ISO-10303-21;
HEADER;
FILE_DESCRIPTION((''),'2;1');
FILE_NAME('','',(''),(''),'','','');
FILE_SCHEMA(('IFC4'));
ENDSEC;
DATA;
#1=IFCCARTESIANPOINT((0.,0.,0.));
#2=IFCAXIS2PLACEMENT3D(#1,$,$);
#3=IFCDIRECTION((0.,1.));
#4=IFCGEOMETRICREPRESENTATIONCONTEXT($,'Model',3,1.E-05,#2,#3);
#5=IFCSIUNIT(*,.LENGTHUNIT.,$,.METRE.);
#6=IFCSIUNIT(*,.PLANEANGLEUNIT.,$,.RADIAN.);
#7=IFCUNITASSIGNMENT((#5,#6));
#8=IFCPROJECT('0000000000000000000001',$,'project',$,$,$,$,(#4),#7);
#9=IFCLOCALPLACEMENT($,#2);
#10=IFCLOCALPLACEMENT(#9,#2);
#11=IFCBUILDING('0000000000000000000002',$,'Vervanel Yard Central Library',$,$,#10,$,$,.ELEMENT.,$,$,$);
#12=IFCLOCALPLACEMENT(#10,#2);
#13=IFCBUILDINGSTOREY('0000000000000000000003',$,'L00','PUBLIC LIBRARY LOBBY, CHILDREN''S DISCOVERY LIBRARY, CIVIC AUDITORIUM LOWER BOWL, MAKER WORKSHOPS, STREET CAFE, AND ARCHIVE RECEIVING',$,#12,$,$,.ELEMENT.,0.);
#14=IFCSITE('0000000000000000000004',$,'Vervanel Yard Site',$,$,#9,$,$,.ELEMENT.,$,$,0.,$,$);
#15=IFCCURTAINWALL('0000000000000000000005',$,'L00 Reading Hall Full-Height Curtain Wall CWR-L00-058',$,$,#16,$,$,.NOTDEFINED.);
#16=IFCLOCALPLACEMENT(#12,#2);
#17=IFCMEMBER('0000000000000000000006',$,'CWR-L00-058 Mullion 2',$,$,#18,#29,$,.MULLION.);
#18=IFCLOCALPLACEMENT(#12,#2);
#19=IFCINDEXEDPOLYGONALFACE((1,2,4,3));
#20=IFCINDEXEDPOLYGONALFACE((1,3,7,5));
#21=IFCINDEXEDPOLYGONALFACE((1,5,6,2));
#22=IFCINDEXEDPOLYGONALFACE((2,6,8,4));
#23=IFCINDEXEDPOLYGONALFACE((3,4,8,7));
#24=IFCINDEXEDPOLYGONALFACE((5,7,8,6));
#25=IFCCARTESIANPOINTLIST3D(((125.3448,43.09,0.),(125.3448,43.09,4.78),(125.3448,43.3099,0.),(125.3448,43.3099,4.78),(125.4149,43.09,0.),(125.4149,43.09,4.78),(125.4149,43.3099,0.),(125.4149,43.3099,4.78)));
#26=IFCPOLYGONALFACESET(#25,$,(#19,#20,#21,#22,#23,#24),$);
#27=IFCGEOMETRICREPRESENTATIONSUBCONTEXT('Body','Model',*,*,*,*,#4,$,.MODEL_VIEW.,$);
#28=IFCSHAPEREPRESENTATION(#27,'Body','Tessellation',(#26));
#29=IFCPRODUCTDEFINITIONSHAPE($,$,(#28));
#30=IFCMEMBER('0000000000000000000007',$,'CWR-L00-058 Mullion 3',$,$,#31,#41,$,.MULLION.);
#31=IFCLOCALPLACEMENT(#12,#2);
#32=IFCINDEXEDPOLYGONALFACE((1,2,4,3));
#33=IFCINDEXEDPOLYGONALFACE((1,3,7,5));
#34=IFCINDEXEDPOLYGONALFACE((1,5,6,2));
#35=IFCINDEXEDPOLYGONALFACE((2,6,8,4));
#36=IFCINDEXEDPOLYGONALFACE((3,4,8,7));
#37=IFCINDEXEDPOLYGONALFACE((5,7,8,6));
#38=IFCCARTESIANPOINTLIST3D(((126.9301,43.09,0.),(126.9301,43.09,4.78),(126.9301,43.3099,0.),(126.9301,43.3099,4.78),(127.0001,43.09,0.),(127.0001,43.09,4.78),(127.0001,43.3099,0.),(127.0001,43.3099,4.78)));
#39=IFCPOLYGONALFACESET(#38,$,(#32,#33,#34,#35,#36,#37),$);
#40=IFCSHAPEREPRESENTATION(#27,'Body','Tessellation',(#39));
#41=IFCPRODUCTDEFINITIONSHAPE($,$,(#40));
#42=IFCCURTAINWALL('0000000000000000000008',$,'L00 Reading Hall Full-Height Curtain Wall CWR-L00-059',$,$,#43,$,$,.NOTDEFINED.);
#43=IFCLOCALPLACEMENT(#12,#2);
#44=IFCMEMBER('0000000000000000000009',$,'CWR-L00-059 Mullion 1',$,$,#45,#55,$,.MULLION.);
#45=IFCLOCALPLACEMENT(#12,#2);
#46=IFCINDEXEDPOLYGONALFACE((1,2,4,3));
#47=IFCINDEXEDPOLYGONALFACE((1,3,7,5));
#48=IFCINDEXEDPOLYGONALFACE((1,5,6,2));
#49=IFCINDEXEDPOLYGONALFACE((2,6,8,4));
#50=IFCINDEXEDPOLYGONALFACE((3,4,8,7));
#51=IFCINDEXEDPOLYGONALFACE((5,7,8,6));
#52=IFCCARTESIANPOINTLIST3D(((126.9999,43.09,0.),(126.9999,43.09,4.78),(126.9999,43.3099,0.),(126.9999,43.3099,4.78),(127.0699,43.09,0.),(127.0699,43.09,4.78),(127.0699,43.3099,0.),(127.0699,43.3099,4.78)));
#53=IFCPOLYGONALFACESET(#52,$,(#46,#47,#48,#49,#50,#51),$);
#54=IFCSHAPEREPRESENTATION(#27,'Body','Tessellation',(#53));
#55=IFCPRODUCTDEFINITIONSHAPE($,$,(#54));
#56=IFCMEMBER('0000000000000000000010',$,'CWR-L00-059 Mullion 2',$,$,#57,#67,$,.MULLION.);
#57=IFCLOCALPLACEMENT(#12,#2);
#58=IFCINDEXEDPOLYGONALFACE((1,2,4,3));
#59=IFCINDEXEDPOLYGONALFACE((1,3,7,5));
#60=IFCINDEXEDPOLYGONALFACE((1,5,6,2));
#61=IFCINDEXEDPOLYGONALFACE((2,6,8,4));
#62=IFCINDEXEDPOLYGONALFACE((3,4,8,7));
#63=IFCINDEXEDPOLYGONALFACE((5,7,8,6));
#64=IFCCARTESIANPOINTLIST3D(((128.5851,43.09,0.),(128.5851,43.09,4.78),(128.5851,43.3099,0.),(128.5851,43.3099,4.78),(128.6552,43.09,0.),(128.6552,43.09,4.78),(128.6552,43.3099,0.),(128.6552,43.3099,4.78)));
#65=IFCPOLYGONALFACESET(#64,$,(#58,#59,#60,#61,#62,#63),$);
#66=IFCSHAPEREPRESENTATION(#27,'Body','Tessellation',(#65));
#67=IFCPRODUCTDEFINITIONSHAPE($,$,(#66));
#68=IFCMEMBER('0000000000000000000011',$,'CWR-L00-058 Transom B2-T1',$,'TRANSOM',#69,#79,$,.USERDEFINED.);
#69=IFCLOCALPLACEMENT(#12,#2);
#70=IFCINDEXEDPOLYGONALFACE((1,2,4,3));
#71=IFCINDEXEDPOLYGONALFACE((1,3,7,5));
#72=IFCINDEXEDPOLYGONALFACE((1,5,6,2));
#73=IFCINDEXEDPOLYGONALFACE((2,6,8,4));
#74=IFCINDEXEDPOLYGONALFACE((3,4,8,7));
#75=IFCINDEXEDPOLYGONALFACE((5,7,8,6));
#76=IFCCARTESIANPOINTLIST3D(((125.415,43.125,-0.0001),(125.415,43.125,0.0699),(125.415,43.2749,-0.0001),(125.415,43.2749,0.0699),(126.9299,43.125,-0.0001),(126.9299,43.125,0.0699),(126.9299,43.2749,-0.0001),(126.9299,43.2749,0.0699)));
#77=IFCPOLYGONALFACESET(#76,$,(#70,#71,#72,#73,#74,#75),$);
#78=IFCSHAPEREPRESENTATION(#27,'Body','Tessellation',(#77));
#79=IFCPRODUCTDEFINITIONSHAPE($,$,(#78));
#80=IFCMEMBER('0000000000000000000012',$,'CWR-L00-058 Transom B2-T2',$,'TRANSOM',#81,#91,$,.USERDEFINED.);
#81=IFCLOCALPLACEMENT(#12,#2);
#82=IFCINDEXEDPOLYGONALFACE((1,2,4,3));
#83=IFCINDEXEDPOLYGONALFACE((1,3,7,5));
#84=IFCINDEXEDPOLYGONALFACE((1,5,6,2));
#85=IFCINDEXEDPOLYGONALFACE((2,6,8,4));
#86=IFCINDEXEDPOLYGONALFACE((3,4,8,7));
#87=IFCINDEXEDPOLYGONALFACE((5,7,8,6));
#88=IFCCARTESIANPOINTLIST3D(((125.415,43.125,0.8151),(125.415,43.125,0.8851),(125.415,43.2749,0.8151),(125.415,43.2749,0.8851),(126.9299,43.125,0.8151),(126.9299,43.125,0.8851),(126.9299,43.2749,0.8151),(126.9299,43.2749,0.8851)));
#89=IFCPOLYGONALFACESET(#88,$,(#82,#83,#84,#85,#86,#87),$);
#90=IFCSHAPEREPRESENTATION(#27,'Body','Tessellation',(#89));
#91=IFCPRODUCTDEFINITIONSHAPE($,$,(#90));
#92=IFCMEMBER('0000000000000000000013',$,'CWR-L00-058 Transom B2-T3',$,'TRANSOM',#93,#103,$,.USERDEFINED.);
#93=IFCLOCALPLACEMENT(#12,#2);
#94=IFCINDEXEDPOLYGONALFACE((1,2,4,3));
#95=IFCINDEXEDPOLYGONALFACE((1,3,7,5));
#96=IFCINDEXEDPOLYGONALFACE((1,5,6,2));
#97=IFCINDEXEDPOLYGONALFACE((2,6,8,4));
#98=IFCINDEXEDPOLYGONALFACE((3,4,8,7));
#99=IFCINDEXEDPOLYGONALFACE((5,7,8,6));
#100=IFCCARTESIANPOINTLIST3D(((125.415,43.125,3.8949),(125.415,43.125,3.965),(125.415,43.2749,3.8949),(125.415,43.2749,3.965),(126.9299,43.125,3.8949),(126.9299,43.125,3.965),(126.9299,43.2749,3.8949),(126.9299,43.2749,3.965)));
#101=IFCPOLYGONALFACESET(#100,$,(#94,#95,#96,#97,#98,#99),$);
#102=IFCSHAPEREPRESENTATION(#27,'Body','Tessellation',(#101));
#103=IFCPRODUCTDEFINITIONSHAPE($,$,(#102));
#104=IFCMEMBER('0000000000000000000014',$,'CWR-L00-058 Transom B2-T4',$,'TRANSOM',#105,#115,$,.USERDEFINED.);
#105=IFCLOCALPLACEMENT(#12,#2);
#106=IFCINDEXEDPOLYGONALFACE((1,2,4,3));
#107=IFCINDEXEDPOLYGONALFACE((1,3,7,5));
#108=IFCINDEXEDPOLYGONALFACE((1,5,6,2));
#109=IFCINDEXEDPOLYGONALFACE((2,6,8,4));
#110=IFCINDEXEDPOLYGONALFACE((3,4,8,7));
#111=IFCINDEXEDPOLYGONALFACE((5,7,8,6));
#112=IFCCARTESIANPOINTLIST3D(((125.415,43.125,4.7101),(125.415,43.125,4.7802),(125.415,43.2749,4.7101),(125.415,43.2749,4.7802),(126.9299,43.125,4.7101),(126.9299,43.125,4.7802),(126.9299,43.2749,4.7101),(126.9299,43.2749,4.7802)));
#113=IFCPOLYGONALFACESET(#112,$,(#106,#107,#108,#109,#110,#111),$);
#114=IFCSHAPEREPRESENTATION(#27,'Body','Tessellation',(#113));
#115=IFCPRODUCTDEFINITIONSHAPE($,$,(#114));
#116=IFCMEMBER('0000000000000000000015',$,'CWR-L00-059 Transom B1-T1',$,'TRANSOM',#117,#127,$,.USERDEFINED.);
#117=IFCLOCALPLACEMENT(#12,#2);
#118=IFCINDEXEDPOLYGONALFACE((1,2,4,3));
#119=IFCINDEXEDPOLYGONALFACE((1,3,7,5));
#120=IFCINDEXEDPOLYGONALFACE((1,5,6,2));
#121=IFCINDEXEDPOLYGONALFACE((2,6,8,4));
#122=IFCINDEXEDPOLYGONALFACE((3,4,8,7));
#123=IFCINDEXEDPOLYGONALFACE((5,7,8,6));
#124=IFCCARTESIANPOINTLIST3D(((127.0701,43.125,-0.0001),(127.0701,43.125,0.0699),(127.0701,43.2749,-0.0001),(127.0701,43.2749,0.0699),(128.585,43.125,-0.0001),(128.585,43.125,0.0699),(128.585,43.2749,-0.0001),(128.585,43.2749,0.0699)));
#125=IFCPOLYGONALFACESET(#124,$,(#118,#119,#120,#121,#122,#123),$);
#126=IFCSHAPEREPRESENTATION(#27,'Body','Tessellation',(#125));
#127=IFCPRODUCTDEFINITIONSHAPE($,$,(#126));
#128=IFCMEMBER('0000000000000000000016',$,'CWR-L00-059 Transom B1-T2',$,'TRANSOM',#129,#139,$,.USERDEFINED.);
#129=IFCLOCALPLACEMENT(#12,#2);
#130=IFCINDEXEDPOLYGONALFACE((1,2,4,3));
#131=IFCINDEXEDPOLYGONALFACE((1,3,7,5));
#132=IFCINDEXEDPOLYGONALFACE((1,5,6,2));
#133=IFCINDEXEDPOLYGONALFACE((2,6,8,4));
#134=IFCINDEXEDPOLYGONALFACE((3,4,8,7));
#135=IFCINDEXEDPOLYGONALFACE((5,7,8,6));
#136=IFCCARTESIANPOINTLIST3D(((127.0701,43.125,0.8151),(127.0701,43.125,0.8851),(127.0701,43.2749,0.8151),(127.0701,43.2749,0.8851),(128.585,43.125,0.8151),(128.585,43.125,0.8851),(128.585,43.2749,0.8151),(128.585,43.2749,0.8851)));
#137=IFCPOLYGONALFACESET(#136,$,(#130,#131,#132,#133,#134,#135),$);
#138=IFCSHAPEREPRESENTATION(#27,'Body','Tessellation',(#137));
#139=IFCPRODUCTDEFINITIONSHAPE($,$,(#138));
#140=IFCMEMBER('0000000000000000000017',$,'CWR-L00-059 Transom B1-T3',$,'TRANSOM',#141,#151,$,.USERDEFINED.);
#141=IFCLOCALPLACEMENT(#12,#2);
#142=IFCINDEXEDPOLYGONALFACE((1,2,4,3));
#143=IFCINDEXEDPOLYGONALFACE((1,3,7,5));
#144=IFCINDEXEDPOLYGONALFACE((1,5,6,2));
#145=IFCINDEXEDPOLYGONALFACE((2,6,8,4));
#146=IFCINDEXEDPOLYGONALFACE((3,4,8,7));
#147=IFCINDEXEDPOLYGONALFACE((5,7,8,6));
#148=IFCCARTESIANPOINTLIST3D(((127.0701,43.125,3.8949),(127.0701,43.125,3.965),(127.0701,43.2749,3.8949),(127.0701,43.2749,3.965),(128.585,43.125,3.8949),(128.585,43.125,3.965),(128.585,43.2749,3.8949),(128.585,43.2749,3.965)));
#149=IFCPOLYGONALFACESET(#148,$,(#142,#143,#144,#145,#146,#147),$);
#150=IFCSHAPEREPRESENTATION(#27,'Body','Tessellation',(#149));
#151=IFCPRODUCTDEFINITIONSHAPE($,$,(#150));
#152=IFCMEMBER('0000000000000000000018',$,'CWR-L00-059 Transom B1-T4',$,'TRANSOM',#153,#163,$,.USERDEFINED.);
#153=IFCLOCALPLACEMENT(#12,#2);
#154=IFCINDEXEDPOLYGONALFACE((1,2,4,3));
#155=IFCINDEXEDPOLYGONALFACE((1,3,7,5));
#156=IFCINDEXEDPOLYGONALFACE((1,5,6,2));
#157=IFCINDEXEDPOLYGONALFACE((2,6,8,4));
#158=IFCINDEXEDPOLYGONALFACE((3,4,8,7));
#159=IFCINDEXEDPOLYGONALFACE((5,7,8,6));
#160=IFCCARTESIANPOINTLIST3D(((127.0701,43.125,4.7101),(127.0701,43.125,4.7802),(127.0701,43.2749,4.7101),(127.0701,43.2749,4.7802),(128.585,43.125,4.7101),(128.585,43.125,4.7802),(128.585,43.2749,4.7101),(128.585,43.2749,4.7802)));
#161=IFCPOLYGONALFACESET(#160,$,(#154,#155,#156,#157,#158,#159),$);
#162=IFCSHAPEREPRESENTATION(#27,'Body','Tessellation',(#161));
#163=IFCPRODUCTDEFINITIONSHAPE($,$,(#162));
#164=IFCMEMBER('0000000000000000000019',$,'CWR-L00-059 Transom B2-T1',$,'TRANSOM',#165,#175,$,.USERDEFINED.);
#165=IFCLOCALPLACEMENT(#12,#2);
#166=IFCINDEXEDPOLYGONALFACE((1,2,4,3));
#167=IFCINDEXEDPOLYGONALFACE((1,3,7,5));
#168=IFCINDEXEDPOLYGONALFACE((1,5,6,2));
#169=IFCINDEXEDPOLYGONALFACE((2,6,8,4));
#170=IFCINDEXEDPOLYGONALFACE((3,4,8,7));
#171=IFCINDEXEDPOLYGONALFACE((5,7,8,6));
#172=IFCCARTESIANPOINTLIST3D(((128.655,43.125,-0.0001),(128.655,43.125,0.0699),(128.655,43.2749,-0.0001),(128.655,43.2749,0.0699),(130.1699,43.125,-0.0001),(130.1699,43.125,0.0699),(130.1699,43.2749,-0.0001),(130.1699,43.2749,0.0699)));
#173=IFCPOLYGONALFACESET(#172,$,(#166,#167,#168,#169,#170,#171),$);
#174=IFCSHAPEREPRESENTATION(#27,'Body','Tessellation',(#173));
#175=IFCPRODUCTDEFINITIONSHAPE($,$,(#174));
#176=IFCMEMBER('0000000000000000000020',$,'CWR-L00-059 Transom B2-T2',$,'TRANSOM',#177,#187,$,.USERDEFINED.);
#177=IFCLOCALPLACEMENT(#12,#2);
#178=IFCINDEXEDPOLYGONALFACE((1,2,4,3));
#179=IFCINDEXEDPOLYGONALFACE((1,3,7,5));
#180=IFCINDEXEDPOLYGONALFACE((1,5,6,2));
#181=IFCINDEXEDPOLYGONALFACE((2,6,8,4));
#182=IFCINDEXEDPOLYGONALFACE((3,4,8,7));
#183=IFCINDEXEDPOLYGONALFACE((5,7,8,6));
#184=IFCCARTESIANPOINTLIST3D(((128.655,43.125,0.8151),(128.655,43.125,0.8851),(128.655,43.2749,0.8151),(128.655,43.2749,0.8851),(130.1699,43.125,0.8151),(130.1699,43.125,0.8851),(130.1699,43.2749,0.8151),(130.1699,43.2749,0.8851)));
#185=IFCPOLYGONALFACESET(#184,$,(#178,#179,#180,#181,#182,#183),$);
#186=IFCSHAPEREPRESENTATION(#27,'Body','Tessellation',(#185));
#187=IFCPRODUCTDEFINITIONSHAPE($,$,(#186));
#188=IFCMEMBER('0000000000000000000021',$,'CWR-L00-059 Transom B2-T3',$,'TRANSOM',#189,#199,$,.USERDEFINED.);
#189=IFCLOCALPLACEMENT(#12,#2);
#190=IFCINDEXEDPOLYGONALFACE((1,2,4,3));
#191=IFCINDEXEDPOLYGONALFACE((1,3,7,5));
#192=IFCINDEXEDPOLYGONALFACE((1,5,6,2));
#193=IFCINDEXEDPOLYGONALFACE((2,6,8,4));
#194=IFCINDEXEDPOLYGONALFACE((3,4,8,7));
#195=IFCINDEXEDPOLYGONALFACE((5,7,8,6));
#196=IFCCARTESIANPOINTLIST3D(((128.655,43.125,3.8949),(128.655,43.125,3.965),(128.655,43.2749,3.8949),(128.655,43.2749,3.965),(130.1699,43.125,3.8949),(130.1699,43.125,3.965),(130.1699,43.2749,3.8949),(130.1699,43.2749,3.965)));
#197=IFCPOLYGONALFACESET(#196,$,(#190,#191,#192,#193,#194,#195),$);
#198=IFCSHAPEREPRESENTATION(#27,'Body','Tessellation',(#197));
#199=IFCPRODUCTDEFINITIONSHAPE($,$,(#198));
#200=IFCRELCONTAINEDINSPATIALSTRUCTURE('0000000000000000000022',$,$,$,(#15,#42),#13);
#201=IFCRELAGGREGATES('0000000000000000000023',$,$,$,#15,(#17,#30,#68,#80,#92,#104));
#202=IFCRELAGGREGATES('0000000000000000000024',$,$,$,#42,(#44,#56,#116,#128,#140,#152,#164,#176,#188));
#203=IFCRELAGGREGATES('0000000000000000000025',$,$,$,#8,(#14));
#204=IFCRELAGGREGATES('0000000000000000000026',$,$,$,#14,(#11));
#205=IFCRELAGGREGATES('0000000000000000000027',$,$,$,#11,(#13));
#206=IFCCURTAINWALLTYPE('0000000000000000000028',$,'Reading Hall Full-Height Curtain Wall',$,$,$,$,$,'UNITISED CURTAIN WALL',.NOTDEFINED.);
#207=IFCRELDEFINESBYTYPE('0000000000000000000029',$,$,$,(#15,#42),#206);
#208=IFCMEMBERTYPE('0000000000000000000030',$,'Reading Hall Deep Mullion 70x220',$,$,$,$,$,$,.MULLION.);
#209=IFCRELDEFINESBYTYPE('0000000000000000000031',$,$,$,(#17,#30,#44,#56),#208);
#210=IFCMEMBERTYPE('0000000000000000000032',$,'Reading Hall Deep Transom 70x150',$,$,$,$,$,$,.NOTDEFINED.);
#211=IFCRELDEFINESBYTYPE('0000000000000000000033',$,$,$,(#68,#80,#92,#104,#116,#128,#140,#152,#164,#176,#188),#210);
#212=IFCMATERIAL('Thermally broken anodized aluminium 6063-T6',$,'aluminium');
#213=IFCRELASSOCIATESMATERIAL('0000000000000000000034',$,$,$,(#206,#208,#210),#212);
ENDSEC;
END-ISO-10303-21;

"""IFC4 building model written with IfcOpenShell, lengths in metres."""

from ifc_helpers import new_model, si_unit, direction, frame, origin, origin_2d, place, context, subcontext, project, spatial, rectangle, extrude, material, material_profile, profile_set, type_object, element, aggregate, save


model = new_model("IFC4")

# Units and contexts
model_context = context("Model", 3, precision=1e-05, world=origin(), true_north=direction((0.0, 1.0)))
body_context = subcontext(model_context, "Body", "Model", "MODEL_VIEW")
ifc_project = project(units=[si_unit("LENGTHUNIT", "METRE"), si_unit("PLANEANGLEUNIT", "RADIAN")], contexts=[model_context])

# Site, building, storey
site_placement = place(None, origin())
site = spatial("IfcSite", under=ifc_project, at=site_placement, Name="Vervanel Yard Site", CompositionType="ELEMENT", RefElevation=0.0)
building_placement = place(site_placement, origin())
building = spatial("IfcBuilding", under=site, at=building_placement, Name="Vervanel Yard Central Library", CompositionType="ELEMENT")
storey_placement = place(building_placement, origin())
storey = spatial("IfcBuildingStorey", under=building, at=storey_placement, Name="L00", Description="PUBLIC LIBRARY LOBBY, CHILDREN'S DISCOVERY LIBRARY, CIVIC AUDITORIUM LOWER BOWL, MAKER WORKSHOPS, STREET CAFE, AND ARCHIVE RECEIVING", CompositionType="ELEMENT", Elevation=0.0)

# Curtain walls, members
ifc_material_1 = material(Name="Thermally broken anodized aluminium 6063-T6", Category="aluminium")
curtain_wall_type = type_object("IfcCurtainWallType", Name="Reading Hall Full-Height Curtain Wall", ElementType="UNITISED CURTAIN WALL", PredefinedType="NOTDEFINED", material=ifc_material_1)
curtain_wall_1_placement = place(storey_placement, origin())
curtain_wall_1 = element("IfcCurtainWall", 1, at=curtain_wall_1_placement, inside=storey, type_object=curtain_wall_type, Name="L00 Reading Hall Full-Height Curtain Wall CWR-L00-058", PredefinedType="NOTDEFINED")
ifc_material_profile_1 = material_profile(ifc_material_1, rectangle(XDim=0.0701, YDim=0.22, at=origin_2d()), Name="ALU 70x220", Category="aluminium")
ifc_profile_set_1 = profile_set([ifc_material_profile_1], Name="Thermally broken anodized aluminium 6063-T6")
member_type_1 = type_object("IfcMemberType", Name="Reading Hall Deep Mullion 70x220", PredefinedType="MULLION", material=ifc_profile_set_1)
member_1_placement = place(storey_placement, frame((125.3799, 43.2, 0.0), z_axis=(0.0, 0.0, 1.0), x_axis=(1.0, 0.0, 0.0)))
member_1 = element("IfcMember", 2, at=member_1_placement, type_object=member_type_1, Name="CWR-L00-058 Mullion 2", PredefinedType="MULLION", context=body_context, shape_type="SweptSolid", body=[
    extrude(rectangle(XDim=0.0701, YDim=0.22, at=origin_2d()), origin(), (0.0, 0.0, 1.0), 4.78),
])
member_2_placement = place(storey_placement, frame((126.9651, 43.2, 0.0), z_axis=(0.0, 0.0, 1.0), x_axis=(1.0, 0.0, 0.0)))
member_2 = element("IfcMember", 3, at=member_2_placement, type_object=member_type_1, Name="CWR-L00-058 Mullion 3", PredefinedType="MULLION", context=body_context, shape_type="SweptSolid", body=[
    extrude(rectangle(XDim=0.0701, YDim=0.22, at=origin_2d()), origin(), (0.0, 0.0, 1.0), 4.78),
])
curtain_wall_2_placement = place(storey_placement, origin())
curtain_wall_2 = element("IfcCurtainWall", 4, at=curtain_wall_2_placement, inside=storey, type_object=curtain_wall_type, Name="L00 Reading Hall Full-Height Curtain Wall CWR-L00-059", PredefinedType="NOTDEFINED")
member_3_placement = place(storey_placement, frame((127.0349, 43.2, 0.0), z_axis=(0.0, 0.0, 1.0), x_axis=(1.0, 0.0, 0.0)))
member_3 = element("IfcMember", 5, at=member_3_placement, type_object=member_type_1, Name="CWR-L00-059 Mullion 1", PredefinedType="MULLION", context=body_context, shape_type="SweptSolid", body=[
    extrude(rectangle(XDim=0.0701, YDim=0.22, at=origin_2d()), origin(), (0.0, 0.0, 1.0), 4.78),
])
member_4_placement = place(storey_placement, frame((128.6201, 43.2, 0.0), z_axis=(0.0, 0.0, 1.0), x_axis=(1.0, 0.0, 0.0)))
member_4 = element("IfcMember", 6, at=member_4_placement, type_object=member_type_1, Name="CWR-L00-059 Mullion 2", PredefinedType="MULLION", context=body_context, shape_type="SweptSolid", body=[
    extrude(rectangle(XDim=0.0701, YDim=0.22, at=origin_2d()), origin(), (0.0, 0.0, 1.0), 4.78),
])

# Members
ifc_material_profile_2 = material_profile(ifc_material_1, rectangle(XDim=0.0701, YDim=0.1499, at=origin_2d()), Name="ALU 70x150", Category="aluminium")
ifc_profile_set_2 = profile_set([ifc_material_profile_2], Name="Thermally broken anodized aluminium 6063-T6")
member_type_2 = type_object("IfcMemberType", Name="Reading Hall Deep Transom 70x150", PredefinedType="NOTDEFINED", material=ifc_profile_set_2)
member_5_placement = place(storey_placement, frame((125.415, 43.2, 0.0349), z_axis=(1.0, 0.0, 0.0), x_axis=(0.0, 0.0, 1.0)))
member_5 = element("IfcMember", 7, at=member_5_placement, type_object=member_type_2, Name="CWR-L00-058 Transom B2-T1", ObjectType="TRANSOM", PredefinedType="USERDEFINED", context=body_context, shape_type="SweptSolid", body=[
    extrude(rectangle(XDim=0.0701, YDim=0.1499, at=origin_2d()), origin(), (0.0, 0.0, 1.0), 1.5149),
])
member_6_placement = place(storey_placement, frame((125.415, 43.2, 0.8501), z_axis=(1.0, 0.0, 0.0), x_axis=(0.0, 0.0, 1.0)))
member_6 = element("IfcMember", 8, at=member_6_placement, type_object=member_type_2, Name="CWR-L00-058 Transom B2-T2", ObjectType="TRANSOM", PredefinedType="USERDEFINED", context=body_context, shape_type="SweptSolid", body=[
    extrude(rectangle(XDim=0.0701, YDim=0.1499, at=origin_2d()), origin(), (0.0, 0.0, 1.0), 1.5149),
])
member_7_placement = place(storey_placement, frame((125.415, 43.2, 3.9299), z_axis=(1.0, 0.0, 0.0), x_axis=(0.0, 0.0, 1.0)))
member_7 = element("IfcMember", 9, at=member_7_placement, type_object=member_type_2, Name="CWR-L00-058 Transom B2-T3", ObjectType="TRANSOM", PredefinedType="USERDEFINED", context=body_context, shape_type="SweptSolid", body=[
    extrude(rectangle(XDim=0.0701, YDim=0.1499, at=origin_2d()), origin(), (0.0, 0.0, 1.0), 1.5149),
])
member_8_placement = place(storey_placement, frame((125.415, 43.2, 4.7451), z_axis=(1.0, 0.0, 0.0), x_axis=(0.0, 0.0, 1.0)))
member_8 = element("IfcMember", 10, at=member_8_placement, type_object=member_type_2, Name="CWR-L00-058 Transom B2-T4", ObjectType="TRANSOM", PredefinedType="USERDEFINED", context=body_context, shape_type="SweptSolid", body=[
    extrude(rectangle(XDim=0.0701, YDim=0.1499, at=origin_2d()), origin(), (0.0, 0.0, 1.0), 1.5149),
])
member_9_placement = place(storey_placement, frame((127.0701, 43.2, 0.0349), z_axis=(1.0, 0.0, 0.0), x_axis=(0.0, 0.0, 1.0)))
member_9 = element("IfcMember", 11, at=member_9_placement, type_object=member_type_2, Name="CWR-L00-059 Transom B1-T1", ObjectType="TRANSOM", PredefinedType="USERDEFINED", context=body_context, shape_type="SweptSolid", body=[
    extrude(rectangle(XDim=0.0701, YDim=0.1499, at=origin_2d()), origin(), (0.0, 0.0, 1.0), 1.5149),
])
member_10_placement = place(storey_placement, frame((127.0701, 43.2, 0.8501), z_axis=(1.0, 0.0, 0.0), x_axis=(0.0, 0.0, 1.0)))
member_10 = element("IfcMember", 12, at=member_10_placement, type_object=member_type_2, Name="CWR-L00-059 Transom B1-T2", ObjectType="TRANSOM", PredefinedType="USERDEFINED", context=body_context, shape_type="SweptSolid", body=[
    extrude(rectangle(XDim=0.0701, YDim=0.1499, at=origin_2d()), origin(), (0.0, 0.0, 1.0), 1.5149),
])
member_11_placement = place(storey_placement, frame((127.0701, 43.2, 3.9299), z_axis=(1.0, 0.0, 0.0), x_axis=(0.0, 0.0, 1.0)))
member_11 = element("IfcMember", 13, at=member_11_placement, type_object=member_type_2, Name="CWR-L00-059 Transom B1-T3", ObjectType="TRANSOM", PredefinedType="USERDEFINED", context=body_context, shape_type="SweptSolid", body=[
    extrude(rectangle(XDim=0.0701, YDim=0.1499, at=origin_2d()), origin(), (0.0, 0.0, 1.0), 1.5149),
])
member_12_placement = place(storey_placement, frame((127.0701, 43.2, 4.7451), z_axis=(1.0, 0.0, 0.0), x_axis=(0.0, 0.0, 1.0)))
member_12 = element("IfcMember", 14, at=member_12_placement, type_object=member_type_2, Name="CWR-L00-059 Transom B1-T4", ObjectType="TRANSOM", PredefinedType="USERDEFINED", context=body_context, shape_type="SweptSolid", body=[
    extrude(rectangle(XDim=0.0701, YDim=0.1499, at=origin_2d()), origin(), (0.0, 0.0, 1.0), 1.5149),
])
member_13_placement = place(storey_placement, frame((128.655, 43.2, 0.0349), z_axis=(1.0, 0.0, 0.0), x_axis=(0.0, 0.0, 1.0)))
member_13 = element("IfcMember", 15, at=member_13_placement, type_object=member_type_2, Name="CWR-L00-059 Transom B2-T1", ObjectType="TRANSOM", PredefinedType="USERDEFINED", context=body_context, shape_type="SweptSolid", body=[
    extrude(rectangle(XDim=0.0701, YDim=0.1499, at=origin_2d()), origin(), (0.0, 0.0, 1.0), 1.5149),
])
member_14_placement = place(storey_placement, frame((128.655, 43.2, 0.8501), z_axis=(1.0, 0.0, 0.0), x_axis=(0.0, 0.0, 1.0)))
member_14 = element("IfcMember", 16, at=member_14_placement, type_object=member_type_2, Name="CWR-L00-059 Transom B2-T2", ObjectType="TRANSOM", PredefinedType="USERDEFINED", context=body_context, shape_type="SweptSolid", body=[
    extrude(rectangle(XDim=0.0701, YDim=0.1499, at=origin_2d()), origin(), (0.0, 0.0, 1.0), 1.5149),
])
member_15_placement = place(storey_placement, frame((128.655, 43.2, 3.9299), z_axis=(1.0, 0.0, 0.0), x_axis=(0.0, 0.0, 1.0)))
member_15 = element("IfcMember", 17, at=member_15_placement, type_object=member_type_2, Name="CWR-L00-059 Transom B2-T3", ObjectType="TRANSOM", PredefinedType="USERDEFINED", context=body_context, shape_type="SweptSolid", body=[
    extrude(rectangle(XDim=0.0701, YDim=0.1499, at=origin_2d()), origin(), (0.0, 0.0, 1.0), 1.5149),
])

aggregate(curtain_wall_1, [member_1, member_2, member_5, member_6, member_7, member_8])
aggregate(curtain_wall_2, [member_3, member_4, member_9, member_10, member_11, member_12, member_13, member_14, member_15])

save(model, "model.ifc")
